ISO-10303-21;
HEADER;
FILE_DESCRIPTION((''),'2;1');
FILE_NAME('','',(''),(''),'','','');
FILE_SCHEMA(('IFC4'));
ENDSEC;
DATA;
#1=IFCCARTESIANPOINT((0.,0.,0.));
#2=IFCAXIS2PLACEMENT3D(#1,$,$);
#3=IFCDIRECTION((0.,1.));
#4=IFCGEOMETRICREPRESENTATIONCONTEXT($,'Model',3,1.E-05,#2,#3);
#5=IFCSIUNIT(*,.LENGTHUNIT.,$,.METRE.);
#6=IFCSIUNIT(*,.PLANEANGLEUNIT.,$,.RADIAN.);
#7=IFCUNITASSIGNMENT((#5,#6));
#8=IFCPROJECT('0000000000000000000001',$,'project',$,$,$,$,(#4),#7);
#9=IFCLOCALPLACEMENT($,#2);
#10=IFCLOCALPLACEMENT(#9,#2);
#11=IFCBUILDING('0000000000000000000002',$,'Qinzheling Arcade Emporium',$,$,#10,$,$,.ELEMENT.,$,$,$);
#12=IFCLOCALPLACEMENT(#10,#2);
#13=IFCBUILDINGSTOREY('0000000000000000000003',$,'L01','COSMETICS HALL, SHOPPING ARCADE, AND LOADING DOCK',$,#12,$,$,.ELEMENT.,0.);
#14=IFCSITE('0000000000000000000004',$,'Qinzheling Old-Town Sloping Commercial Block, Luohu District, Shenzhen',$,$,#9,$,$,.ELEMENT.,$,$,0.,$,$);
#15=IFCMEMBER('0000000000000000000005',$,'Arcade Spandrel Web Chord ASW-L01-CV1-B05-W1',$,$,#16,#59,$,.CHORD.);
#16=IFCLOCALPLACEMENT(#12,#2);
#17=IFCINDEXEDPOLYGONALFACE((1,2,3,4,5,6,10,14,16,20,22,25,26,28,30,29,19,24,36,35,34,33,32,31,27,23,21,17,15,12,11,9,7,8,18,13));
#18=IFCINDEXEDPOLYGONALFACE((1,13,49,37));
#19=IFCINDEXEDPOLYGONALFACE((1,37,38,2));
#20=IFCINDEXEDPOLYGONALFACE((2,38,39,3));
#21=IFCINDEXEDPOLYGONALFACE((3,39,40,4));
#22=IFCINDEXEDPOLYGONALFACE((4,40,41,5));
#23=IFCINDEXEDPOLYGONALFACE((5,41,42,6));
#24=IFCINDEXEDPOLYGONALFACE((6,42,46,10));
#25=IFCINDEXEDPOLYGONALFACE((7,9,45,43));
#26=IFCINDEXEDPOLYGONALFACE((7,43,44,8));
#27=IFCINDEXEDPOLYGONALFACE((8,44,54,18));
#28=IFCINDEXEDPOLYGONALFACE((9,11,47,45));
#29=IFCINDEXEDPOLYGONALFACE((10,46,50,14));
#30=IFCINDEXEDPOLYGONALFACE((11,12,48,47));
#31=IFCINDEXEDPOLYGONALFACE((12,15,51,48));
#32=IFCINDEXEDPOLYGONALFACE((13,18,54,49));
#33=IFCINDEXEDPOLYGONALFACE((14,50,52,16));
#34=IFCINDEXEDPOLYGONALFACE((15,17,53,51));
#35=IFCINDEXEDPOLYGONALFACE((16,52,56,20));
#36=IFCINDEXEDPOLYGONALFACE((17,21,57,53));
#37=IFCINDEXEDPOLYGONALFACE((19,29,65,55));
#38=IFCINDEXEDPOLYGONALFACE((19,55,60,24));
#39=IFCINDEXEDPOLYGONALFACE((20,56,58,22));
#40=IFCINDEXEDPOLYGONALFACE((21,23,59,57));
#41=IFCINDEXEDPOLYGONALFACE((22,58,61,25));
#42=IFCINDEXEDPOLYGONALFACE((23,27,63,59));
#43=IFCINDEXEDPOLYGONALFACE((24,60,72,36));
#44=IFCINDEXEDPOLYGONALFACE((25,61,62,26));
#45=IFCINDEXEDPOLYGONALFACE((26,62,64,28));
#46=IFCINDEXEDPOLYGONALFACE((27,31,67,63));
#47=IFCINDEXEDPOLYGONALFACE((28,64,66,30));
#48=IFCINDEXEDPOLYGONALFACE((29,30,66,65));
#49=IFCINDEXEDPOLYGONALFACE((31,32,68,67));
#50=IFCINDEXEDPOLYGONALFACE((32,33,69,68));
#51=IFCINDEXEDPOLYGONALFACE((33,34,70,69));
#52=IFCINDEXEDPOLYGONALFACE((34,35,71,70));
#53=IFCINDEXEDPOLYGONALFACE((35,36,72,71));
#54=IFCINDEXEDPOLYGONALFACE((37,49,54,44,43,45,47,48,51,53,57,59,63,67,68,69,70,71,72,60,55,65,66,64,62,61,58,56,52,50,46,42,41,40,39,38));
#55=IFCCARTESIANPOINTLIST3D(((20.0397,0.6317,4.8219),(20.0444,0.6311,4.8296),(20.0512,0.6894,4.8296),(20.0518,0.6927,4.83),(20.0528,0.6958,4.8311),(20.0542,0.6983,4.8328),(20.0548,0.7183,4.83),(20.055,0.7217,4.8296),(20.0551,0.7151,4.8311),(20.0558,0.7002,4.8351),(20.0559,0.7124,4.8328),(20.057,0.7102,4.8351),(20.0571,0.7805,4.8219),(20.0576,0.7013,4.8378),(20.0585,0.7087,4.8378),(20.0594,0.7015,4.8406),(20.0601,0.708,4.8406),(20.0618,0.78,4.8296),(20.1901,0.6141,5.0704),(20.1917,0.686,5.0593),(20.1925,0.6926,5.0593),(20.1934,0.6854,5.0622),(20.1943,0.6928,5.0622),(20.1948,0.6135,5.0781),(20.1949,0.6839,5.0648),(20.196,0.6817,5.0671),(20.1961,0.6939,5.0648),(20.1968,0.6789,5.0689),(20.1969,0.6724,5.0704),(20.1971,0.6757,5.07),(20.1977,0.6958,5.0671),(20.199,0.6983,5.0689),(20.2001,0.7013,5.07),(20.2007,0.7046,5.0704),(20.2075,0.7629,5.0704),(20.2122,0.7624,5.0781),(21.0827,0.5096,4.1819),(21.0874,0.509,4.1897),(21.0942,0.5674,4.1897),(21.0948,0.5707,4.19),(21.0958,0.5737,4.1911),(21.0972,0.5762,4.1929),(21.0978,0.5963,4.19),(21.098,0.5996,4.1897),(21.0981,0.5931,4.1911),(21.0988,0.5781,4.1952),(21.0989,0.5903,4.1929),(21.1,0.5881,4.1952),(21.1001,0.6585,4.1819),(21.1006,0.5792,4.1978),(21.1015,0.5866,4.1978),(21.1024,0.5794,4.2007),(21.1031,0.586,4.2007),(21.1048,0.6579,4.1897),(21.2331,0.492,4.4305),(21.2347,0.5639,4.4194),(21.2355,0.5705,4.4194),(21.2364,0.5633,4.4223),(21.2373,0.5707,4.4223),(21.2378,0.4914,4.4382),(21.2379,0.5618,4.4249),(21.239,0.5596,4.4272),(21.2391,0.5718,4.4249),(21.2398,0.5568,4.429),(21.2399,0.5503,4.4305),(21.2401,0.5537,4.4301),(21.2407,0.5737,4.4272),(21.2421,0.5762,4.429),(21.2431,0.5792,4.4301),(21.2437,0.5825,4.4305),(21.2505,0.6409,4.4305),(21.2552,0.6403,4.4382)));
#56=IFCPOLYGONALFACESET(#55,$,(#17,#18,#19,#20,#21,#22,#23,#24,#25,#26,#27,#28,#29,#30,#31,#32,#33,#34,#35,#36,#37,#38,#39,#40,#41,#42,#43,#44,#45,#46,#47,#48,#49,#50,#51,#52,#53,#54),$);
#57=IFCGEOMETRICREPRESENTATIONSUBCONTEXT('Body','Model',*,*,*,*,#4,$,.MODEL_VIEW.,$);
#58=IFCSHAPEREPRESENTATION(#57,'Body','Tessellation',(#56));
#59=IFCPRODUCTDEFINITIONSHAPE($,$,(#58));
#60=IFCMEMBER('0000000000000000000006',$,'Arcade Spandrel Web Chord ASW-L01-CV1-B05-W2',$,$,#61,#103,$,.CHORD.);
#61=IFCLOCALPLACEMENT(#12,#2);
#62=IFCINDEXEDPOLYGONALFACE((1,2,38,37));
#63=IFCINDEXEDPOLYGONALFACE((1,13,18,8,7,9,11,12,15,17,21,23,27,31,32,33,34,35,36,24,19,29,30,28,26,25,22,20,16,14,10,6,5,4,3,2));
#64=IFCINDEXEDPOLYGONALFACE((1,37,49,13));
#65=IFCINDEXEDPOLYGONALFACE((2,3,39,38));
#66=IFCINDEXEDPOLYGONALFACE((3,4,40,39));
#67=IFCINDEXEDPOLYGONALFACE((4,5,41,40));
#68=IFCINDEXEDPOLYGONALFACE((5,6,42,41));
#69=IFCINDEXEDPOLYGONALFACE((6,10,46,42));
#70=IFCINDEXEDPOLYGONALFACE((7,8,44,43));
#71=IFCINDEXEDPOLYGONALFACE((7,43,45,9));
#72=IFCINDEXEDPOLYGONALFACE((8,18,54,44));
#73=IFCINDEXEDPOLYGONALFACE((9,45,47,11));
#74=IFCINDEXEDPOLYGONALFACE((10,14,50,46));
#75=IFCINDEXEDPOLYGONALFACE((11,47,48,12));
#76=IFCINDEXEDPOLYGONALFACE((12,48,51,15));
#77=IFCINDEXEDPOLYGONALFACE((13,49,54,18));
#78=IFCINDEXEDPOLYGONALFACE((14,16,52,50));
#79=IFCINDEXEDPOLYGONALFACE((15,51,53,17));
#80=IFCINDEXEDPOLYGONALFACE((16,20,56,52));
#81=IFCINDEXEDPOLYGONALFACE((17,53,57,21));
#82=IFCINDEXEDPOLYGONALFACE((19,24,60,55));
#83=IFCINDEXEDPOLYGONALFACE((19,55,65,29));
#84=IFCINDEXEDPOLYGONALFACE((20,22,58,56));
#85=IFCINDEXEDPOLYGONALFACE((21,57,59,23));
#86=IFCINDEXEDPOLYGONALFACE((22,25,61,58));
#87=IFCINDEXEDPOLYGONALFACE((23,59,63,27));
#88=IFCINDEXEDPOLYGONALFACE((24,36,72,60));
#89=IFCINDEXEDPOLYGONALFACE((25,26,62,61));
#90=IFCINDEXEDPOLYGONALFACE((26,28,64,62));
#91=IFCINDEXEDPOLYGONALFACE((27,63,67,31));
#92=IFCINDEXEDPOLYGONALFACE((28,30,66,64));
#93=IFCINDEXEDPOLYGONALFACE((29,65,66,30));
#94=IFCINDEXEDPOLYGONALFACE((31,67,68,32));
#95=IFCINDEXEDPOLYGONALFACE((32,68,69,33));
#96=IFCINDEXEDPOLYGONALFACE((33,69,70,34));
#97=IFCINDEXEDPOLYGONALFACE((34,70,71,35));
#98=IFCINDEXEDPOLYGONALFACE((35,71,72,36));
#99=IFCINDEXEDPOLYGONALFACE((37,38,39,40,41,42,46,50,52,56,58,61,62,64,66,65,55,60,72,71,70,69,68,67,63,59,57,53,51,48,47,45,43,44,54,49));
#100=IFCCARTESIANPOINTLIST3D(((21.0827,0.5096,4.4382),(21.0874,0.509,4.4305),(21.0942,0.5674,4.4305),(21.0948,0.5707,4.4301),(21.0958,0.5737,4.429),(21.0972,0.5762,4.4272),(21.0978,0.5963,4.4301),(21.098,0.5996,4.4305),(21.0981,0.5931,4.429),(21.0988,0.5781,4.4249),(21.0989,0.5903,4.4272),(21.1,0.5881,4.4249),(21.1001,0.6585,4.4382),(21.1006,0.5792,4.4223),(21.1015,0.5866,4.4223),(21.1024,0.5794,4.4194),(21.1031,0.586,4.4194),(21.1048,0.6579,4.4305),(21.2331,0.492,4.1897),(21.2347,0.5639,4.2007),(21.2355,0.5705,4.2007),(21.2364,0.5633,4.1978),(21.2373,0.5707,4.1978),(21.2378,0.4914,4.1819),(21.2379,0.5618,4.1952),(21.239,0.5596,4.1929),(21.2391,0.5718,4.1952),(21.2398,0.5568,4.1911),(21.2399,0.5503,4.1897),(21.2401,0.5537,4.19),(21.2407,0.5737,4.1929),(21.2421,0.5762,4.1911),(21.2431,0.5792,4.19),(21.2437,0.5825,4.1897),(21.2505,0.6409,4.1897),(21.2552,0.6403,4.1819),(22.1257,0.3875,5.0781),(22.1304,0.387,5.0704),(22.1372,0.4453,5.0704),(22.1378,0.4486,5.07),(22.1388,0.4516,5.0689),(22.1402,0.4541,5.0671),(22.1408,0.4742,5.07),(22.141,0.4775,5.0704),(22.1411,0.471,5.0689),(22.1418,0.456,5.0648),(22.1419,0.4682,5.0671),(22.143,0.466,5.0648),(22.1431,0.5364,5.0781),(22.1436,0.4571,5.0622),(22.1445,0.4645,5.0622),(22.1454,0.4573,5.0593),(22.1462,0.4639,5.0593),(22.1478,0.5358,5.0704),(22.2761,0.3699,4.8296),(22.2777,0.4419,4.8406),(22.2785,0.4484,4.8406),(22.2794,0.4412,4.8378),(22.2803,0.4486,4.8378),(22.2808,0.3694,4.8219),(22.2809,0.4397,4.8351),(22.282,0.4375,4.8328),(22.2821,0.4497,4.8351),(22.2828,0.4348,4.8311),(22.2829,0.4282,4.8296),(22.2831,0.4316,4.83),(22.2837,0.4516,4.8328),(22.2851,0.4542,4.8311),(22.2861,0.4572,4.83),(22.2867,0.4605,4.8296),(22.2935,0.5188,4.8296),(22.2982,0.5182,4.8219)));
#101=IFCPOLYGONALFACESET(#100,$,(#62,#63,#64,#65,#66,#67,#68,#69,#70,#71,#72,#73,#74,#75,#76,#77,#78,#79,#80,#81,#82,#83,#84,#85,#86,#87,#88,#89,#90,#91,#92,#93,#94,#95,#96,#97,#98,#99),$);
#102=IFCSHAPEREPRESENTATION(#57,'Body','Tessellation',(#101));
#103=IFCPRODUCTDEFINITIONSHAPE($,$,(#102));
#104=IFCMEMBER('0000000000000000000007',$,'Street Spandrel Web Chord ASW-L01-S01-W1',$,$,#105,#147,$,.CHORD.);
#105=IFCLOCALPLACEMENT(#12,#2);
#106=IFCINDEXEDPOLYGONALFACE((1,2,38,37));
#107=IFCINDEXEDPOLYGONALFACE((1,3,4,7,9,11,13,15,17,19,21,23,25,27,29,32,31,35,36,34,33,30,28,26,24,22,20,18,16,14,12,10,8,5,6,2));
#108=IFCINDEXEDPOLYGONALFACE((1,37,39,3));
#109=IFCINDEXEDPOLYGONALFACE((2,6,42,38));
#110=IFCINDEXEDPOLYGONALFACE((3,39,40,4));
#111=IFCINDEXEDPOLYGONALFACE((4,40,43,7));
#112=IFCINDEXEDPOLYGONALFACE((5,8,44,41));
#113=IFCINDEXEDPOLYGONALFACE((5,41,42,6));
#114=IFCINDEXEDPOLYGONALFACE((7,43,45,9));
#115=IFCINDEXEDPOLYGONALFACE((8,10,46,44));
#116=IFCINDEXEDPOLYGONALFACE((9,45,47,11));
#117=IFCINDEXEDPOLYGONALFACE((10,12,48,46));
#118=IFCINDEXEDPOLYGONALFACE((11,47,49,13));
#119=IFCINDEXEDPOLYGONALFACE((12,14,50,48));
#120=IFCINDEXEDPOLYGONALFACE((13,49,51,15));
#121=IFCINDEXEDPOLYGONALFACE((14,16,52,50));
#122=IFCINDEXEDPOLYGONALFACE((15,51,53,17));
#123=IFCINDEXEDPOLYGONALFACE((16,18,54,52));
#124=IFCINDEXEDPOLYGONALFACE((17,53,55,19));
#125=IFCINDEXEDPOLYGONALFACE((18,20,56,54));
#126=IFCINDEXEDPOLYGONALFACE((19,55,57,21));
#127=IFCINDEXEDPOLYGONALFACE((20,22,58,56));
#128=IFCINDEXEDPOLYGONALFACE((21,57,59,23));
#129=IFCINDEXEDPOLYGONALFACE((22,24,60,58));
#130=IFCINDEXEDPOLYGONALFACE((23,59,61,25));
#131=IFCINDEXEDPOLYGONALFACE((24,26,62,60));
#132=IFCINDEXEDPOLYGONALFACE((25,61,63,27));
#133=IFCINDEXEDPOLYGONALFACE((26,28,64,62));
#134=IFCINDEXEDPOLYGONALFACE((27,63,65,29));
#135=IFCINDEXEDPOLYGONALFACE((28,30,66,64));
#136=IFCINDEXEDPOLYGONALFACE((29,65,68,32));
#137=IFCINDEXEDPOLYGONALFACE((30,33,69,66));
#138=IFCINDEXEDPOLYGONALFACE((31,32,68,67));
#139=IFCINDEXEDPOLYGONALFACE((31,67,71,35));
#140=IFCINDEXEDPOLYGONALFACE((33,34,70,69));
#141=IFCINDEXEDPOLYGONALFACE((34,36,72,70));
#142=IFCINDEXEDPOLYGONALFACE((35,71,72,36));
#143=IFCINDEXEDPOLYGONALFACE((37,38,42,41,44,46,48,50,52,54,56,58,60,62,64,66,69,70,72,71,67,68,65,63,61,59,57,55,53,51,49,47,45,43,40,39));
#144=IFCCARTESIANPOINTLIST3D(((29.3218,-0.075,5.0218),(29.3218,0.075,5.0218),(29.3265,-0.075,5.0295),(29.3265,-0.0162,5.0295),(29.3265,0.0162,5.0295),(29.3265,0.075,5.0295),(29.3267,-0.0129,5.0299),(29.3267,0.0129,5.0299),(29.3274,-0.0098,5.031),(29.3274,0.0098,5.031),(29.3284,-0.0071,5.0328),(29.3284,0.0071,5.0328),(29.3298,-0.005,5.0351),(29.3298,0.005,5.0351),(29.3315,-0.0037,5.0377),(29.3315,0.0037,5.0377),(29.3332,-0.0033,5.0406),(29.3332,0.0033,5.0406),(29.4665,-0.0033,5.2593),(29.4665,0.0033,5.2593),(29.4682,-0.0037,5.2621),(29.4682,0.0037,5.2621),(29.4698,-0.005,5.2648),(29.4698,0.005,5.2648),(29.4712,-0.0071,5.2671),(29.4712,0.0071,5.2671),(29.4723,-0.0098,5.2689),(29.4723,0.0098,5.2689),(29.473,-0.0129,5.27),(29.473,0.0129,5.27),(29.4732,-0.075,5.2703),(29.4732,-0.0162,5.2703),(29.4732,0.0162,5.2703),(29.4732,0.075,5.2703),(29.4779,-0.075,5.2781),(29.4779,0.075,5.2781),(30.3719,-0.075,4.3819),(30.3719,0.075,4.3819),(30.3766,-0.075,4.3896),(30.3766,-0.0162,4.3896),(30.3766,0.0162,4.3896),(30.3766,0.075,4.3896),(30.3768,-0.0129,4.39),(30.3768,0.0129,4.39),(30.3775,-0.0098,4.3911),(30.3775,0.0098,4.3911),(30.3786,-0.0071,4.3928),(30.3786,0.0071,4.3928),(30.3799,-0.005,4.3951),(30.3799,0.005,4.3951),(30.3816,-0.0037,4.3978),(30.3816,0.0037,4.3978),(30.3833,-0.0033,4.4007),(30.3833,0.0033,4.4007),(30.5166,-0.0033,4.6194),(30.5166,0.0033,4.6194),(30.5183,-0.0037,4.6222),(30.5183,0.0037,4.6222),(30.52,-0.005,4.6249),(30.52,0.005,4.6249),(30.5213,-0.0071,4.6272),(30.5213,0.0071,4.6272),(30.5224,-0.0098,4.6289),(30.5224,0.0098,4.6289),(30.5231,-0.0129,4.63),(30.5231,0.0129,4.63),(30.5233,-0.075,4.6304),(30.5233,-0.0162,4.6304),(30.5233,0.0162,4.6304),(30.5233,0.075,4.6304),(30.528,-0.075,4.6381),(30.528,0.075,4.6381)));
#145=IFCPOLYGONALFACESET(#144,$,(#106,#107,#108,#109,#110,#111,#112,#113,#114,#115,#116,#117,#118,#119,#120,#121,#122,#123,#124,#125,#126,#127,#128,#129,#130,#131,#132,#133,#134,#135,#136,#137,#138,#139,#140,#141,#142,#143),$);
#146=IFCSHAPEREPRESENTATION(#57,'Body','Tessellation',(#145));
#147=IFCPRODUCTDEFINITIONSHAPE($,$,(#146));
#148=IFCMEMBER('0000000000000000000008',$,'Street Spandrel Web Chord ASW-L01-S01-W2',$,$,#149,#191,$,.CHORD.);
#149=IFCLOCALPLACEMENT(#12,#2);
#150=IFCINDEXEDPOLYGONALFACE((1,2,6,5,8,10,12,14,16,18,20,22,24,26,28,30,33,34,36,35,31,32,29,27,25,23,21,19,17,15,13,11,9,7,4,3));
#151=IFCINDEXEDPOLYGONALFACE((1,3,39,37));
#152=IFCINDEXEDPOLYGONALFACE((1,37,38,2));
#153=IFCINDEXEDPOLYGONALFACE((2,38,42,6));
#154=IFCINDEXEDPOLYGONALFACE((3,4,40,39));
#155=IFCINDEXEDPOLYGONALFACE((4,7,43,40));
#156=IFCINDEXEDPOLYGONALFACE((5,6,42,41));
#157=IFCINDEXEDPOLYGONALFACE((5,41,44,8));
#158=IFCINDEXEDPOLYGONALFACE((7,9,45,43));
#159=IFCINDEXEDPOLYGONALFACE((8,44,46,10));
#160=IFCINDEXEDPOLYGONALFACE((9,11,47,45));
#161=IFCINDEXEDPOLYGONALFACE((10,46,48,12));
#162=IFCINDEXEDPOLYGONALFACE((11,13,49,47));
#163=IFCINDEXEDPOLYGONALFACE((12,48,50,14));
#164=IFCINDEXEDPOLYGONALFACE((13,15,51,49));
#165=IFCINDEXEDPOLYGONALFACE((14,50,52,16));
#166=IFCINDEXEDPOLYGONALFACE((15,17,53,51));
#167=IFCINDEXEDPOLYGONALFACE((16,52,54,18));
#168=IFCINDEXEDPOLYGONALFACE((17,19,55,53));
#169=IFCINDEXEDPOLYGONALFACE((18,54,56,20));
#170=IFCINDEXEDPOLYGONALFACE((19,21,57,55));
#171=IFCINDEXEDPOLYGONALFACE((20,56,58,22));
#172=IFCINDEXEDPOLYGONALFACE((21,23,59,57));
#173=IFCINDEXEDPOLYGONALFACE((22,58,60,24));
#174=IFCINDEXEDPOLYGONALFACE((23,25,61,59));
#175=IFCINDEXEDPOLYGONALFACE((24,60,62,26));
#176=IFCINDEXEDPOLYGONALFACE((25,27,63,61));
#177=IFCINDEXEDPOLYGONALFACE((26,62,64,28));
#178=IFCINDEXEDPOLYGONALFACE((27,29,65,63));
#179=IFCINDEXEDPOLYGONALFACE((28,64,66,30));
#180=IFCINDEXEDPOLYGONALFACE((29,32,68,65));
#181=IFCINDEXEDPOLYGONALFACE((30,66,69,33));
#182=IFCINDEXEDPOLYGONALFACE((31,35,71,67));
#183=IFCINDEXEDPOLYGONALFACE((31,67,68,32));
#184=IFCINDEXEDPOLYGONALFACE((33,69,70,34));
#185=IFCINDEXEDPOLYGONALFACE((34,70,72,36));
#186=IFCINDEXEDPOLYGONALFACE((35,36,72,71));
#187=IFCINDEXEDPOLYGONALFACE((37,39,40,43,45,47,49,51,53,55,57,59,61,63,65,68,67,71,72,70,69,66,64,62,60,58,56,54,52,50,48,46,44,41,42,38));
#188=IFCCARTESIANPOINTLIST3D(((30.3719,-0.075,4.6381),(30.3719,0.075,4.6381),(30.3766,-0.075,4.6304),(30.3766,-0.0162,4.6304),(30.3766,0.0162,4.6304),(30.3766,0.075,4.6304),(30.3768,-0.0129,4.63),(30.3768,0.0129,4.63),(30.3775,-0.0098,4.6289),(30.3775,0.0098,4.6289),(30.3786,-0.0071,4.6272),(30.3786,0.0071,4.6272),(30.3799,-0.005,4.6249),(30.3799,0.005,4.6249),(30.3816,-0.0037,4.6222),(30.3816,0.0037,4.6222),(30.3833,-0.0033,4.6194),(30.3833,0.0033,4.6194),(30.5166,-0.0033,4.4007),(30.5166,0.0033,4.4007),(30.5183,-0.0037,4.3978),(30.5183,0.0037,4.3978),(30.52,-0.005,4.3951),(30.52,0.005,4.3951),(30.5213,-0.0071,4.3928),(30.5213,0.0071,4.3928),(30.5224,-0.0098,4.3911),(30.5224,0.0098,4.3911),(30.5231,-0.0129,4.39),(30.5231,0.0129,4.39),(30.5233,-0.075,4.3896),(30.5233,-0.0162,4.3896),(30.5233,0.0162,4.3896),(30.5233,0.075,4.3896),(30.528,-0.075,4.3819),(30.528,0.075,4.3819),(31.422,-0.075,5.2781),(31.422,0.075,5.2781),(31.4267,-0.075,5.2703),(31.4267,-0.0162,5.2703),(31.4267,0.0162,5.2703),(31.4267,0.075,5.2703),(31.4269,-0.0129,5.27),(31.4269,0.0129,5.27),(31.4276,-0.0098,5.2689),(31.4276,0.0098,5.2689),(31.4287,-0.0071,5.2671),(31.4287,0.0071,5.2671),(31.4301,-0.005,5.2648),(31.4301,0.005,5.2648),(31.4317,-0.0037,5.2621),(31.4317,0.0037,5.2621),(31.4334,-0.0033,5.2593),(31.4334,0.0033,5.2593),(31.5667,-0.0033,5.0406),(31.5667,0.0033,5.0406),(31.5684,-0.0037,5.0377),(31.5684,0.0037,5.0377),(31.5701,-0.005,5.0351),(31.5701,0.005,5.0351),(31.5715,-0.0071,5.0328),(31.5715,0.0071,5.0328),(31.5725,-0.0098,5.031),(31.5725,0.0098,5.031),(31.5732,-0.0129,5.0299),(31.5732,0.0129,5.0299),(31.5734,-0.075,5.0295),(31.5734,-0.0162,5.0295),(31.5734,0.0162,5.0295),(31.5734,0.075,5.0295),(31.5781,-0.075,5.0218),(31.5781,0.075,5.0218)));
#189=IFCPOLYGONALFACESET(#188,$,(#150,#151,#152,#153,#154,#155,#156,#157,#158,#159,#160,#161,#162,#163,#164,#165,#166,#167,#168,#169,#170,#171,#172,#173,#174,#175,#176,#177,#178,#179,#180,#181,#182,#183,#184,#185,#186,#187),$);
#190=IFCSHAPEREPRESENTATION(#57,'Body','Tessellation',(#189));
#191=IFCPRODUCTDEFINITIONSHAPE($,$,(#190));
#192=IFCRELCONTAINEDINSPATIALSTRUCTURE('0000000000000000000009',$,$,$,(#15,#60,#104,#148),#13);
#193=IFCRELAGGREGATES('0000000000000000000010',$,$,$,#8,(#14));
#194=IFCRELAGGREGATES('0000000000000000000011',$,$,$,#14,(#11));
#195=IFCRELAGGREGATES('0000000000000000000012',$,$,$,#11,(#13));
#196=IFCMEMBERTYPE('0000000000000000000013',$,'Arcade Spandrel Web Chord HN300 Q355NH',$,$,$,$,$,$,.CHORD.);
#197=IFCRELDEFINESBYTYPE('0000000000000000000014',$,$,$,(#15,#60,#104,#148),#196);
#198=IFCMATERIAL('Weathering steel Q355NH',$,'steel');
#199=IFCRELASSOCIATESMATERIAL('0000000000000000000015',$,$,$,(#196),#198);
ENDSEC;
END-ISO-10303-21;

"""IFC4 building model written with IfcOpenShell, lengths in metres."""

from ifc_helpers import new_model, si_unit, direction, frame, origin, origin_2d, place, context, subcontext, project, spatial, i_section, extrude, material, material_profile, profile_set, type_object, element, save


model = new_model("IFC4")

# Units and contexts
model_context = context("Model", 3, precision=1e-05, world=origin(), true_north=direction((0.0, 1.0)))
body_context = subcontext(model_context, "Body", "Model", "MODEL_VIEW")
ifc_project = project(units=[si_unit("LENGTHUNIT", "METRE"), si_unit("PLANEANGLEUNIT", "RADIAN")], contexts=[model_context])

# Site, building, storey
site_placement = place(None, origin())
site = spatial("IfcSite", under=ifc_project, at=site_placement, Name="Qinzheling Old-Town Sloping Commercial Block, Luohu District, Shenzhen", CompositionType="ELEMENT", RefElevation=0.0)
building_placement = place(site_placement, origin())
building = spatial("IfcBuilding", under=site, at=building_placement, Name="Qinzheling Arcade Emporium", CompositionType="ELEMENT")
storey_placement = place(building_placement, origin())
storey = spatial("IfcBuildingStorey", under=building, at=storey_placement, Name="L01", Description="COSMETICS HALL, SHOPPING ARCADE, AND LOADING DOCK", CompositionType="ELEMENT", Elevation=0.0)

# Shared definitions
ifc_material_1 = material(Name="Weathering steel Q355NH", Category="steel")

# Members
ifc_material_profile_1 = material_profile(ifc_material_1, i_section(OverallWidth=0.1499, OverallDepth=0.3, WebThickness=0.0066, FlangeThickness=0.009, FilletRadius=0.0129, at=origin_2d()), Name="HN 300x150x6.5x9", Category="steel")
ifc_profile_set_1 = profile_set([ifc_material_profile_1], Name="Weathering steel Q355NH")
member_type_1 = type_object("IfcMemberType", Name="Arcade Spandrel Web Chord HN300 Q355NH", PredefinedType="CHORD", material=ifc_profile_set_1)
for number, where, z_axis, x_axis, name in (
    (1, (21.1689, 0.575, 4.3101), (-0.848153, 0.099269, 0.520367), (-0.116248, -0.99322, 0.0), "Arcade Spandrel Web Chord ASW-L01-CV1-B05-W1"),
    (2, (21.1689, 0.575, 4.3101), (0.848153, -0.099269, 0.520367), (0.116248, 0.99322, 0.0), "Arcade Spandrel Web Chord ASW-L01-CV1-B05-W2"),
    (3, (30.45, 0.0, 4.51), (-0.853934, 0.0, 0.520381), (0.0, -1.0, 0.0), "Street Spandrel Web Chord ASW-L01-S01-W1"),
    (4, (30.45, 0.0, 4.51), (0.853934, 0.0, 0.520381), (0.0, 1.0, 0.0), "Street Spandrel Web Chord ASW-L01-S01-W2"),
):
    element("IfcMember", number, at=place(storey_placement, frame(where, z_axis=z_axis, x_axis=x_axis)), inside=storey, type_object=member_type_1, Name=name, PredefinedType="CHORD", context=body_context, shape_type="SweptSolid", body=[
        extrude(i_section(OverallWidth=0.1499, OverallDepth=0.3, WebThickness=0.0066, FlangeThickness=0.009, FilletRadius=0.0129, at=origin_2d()), origin(), (0.0, 0.0, 1.0), 1.2297),
    ])

save(model, "model.ifc")
